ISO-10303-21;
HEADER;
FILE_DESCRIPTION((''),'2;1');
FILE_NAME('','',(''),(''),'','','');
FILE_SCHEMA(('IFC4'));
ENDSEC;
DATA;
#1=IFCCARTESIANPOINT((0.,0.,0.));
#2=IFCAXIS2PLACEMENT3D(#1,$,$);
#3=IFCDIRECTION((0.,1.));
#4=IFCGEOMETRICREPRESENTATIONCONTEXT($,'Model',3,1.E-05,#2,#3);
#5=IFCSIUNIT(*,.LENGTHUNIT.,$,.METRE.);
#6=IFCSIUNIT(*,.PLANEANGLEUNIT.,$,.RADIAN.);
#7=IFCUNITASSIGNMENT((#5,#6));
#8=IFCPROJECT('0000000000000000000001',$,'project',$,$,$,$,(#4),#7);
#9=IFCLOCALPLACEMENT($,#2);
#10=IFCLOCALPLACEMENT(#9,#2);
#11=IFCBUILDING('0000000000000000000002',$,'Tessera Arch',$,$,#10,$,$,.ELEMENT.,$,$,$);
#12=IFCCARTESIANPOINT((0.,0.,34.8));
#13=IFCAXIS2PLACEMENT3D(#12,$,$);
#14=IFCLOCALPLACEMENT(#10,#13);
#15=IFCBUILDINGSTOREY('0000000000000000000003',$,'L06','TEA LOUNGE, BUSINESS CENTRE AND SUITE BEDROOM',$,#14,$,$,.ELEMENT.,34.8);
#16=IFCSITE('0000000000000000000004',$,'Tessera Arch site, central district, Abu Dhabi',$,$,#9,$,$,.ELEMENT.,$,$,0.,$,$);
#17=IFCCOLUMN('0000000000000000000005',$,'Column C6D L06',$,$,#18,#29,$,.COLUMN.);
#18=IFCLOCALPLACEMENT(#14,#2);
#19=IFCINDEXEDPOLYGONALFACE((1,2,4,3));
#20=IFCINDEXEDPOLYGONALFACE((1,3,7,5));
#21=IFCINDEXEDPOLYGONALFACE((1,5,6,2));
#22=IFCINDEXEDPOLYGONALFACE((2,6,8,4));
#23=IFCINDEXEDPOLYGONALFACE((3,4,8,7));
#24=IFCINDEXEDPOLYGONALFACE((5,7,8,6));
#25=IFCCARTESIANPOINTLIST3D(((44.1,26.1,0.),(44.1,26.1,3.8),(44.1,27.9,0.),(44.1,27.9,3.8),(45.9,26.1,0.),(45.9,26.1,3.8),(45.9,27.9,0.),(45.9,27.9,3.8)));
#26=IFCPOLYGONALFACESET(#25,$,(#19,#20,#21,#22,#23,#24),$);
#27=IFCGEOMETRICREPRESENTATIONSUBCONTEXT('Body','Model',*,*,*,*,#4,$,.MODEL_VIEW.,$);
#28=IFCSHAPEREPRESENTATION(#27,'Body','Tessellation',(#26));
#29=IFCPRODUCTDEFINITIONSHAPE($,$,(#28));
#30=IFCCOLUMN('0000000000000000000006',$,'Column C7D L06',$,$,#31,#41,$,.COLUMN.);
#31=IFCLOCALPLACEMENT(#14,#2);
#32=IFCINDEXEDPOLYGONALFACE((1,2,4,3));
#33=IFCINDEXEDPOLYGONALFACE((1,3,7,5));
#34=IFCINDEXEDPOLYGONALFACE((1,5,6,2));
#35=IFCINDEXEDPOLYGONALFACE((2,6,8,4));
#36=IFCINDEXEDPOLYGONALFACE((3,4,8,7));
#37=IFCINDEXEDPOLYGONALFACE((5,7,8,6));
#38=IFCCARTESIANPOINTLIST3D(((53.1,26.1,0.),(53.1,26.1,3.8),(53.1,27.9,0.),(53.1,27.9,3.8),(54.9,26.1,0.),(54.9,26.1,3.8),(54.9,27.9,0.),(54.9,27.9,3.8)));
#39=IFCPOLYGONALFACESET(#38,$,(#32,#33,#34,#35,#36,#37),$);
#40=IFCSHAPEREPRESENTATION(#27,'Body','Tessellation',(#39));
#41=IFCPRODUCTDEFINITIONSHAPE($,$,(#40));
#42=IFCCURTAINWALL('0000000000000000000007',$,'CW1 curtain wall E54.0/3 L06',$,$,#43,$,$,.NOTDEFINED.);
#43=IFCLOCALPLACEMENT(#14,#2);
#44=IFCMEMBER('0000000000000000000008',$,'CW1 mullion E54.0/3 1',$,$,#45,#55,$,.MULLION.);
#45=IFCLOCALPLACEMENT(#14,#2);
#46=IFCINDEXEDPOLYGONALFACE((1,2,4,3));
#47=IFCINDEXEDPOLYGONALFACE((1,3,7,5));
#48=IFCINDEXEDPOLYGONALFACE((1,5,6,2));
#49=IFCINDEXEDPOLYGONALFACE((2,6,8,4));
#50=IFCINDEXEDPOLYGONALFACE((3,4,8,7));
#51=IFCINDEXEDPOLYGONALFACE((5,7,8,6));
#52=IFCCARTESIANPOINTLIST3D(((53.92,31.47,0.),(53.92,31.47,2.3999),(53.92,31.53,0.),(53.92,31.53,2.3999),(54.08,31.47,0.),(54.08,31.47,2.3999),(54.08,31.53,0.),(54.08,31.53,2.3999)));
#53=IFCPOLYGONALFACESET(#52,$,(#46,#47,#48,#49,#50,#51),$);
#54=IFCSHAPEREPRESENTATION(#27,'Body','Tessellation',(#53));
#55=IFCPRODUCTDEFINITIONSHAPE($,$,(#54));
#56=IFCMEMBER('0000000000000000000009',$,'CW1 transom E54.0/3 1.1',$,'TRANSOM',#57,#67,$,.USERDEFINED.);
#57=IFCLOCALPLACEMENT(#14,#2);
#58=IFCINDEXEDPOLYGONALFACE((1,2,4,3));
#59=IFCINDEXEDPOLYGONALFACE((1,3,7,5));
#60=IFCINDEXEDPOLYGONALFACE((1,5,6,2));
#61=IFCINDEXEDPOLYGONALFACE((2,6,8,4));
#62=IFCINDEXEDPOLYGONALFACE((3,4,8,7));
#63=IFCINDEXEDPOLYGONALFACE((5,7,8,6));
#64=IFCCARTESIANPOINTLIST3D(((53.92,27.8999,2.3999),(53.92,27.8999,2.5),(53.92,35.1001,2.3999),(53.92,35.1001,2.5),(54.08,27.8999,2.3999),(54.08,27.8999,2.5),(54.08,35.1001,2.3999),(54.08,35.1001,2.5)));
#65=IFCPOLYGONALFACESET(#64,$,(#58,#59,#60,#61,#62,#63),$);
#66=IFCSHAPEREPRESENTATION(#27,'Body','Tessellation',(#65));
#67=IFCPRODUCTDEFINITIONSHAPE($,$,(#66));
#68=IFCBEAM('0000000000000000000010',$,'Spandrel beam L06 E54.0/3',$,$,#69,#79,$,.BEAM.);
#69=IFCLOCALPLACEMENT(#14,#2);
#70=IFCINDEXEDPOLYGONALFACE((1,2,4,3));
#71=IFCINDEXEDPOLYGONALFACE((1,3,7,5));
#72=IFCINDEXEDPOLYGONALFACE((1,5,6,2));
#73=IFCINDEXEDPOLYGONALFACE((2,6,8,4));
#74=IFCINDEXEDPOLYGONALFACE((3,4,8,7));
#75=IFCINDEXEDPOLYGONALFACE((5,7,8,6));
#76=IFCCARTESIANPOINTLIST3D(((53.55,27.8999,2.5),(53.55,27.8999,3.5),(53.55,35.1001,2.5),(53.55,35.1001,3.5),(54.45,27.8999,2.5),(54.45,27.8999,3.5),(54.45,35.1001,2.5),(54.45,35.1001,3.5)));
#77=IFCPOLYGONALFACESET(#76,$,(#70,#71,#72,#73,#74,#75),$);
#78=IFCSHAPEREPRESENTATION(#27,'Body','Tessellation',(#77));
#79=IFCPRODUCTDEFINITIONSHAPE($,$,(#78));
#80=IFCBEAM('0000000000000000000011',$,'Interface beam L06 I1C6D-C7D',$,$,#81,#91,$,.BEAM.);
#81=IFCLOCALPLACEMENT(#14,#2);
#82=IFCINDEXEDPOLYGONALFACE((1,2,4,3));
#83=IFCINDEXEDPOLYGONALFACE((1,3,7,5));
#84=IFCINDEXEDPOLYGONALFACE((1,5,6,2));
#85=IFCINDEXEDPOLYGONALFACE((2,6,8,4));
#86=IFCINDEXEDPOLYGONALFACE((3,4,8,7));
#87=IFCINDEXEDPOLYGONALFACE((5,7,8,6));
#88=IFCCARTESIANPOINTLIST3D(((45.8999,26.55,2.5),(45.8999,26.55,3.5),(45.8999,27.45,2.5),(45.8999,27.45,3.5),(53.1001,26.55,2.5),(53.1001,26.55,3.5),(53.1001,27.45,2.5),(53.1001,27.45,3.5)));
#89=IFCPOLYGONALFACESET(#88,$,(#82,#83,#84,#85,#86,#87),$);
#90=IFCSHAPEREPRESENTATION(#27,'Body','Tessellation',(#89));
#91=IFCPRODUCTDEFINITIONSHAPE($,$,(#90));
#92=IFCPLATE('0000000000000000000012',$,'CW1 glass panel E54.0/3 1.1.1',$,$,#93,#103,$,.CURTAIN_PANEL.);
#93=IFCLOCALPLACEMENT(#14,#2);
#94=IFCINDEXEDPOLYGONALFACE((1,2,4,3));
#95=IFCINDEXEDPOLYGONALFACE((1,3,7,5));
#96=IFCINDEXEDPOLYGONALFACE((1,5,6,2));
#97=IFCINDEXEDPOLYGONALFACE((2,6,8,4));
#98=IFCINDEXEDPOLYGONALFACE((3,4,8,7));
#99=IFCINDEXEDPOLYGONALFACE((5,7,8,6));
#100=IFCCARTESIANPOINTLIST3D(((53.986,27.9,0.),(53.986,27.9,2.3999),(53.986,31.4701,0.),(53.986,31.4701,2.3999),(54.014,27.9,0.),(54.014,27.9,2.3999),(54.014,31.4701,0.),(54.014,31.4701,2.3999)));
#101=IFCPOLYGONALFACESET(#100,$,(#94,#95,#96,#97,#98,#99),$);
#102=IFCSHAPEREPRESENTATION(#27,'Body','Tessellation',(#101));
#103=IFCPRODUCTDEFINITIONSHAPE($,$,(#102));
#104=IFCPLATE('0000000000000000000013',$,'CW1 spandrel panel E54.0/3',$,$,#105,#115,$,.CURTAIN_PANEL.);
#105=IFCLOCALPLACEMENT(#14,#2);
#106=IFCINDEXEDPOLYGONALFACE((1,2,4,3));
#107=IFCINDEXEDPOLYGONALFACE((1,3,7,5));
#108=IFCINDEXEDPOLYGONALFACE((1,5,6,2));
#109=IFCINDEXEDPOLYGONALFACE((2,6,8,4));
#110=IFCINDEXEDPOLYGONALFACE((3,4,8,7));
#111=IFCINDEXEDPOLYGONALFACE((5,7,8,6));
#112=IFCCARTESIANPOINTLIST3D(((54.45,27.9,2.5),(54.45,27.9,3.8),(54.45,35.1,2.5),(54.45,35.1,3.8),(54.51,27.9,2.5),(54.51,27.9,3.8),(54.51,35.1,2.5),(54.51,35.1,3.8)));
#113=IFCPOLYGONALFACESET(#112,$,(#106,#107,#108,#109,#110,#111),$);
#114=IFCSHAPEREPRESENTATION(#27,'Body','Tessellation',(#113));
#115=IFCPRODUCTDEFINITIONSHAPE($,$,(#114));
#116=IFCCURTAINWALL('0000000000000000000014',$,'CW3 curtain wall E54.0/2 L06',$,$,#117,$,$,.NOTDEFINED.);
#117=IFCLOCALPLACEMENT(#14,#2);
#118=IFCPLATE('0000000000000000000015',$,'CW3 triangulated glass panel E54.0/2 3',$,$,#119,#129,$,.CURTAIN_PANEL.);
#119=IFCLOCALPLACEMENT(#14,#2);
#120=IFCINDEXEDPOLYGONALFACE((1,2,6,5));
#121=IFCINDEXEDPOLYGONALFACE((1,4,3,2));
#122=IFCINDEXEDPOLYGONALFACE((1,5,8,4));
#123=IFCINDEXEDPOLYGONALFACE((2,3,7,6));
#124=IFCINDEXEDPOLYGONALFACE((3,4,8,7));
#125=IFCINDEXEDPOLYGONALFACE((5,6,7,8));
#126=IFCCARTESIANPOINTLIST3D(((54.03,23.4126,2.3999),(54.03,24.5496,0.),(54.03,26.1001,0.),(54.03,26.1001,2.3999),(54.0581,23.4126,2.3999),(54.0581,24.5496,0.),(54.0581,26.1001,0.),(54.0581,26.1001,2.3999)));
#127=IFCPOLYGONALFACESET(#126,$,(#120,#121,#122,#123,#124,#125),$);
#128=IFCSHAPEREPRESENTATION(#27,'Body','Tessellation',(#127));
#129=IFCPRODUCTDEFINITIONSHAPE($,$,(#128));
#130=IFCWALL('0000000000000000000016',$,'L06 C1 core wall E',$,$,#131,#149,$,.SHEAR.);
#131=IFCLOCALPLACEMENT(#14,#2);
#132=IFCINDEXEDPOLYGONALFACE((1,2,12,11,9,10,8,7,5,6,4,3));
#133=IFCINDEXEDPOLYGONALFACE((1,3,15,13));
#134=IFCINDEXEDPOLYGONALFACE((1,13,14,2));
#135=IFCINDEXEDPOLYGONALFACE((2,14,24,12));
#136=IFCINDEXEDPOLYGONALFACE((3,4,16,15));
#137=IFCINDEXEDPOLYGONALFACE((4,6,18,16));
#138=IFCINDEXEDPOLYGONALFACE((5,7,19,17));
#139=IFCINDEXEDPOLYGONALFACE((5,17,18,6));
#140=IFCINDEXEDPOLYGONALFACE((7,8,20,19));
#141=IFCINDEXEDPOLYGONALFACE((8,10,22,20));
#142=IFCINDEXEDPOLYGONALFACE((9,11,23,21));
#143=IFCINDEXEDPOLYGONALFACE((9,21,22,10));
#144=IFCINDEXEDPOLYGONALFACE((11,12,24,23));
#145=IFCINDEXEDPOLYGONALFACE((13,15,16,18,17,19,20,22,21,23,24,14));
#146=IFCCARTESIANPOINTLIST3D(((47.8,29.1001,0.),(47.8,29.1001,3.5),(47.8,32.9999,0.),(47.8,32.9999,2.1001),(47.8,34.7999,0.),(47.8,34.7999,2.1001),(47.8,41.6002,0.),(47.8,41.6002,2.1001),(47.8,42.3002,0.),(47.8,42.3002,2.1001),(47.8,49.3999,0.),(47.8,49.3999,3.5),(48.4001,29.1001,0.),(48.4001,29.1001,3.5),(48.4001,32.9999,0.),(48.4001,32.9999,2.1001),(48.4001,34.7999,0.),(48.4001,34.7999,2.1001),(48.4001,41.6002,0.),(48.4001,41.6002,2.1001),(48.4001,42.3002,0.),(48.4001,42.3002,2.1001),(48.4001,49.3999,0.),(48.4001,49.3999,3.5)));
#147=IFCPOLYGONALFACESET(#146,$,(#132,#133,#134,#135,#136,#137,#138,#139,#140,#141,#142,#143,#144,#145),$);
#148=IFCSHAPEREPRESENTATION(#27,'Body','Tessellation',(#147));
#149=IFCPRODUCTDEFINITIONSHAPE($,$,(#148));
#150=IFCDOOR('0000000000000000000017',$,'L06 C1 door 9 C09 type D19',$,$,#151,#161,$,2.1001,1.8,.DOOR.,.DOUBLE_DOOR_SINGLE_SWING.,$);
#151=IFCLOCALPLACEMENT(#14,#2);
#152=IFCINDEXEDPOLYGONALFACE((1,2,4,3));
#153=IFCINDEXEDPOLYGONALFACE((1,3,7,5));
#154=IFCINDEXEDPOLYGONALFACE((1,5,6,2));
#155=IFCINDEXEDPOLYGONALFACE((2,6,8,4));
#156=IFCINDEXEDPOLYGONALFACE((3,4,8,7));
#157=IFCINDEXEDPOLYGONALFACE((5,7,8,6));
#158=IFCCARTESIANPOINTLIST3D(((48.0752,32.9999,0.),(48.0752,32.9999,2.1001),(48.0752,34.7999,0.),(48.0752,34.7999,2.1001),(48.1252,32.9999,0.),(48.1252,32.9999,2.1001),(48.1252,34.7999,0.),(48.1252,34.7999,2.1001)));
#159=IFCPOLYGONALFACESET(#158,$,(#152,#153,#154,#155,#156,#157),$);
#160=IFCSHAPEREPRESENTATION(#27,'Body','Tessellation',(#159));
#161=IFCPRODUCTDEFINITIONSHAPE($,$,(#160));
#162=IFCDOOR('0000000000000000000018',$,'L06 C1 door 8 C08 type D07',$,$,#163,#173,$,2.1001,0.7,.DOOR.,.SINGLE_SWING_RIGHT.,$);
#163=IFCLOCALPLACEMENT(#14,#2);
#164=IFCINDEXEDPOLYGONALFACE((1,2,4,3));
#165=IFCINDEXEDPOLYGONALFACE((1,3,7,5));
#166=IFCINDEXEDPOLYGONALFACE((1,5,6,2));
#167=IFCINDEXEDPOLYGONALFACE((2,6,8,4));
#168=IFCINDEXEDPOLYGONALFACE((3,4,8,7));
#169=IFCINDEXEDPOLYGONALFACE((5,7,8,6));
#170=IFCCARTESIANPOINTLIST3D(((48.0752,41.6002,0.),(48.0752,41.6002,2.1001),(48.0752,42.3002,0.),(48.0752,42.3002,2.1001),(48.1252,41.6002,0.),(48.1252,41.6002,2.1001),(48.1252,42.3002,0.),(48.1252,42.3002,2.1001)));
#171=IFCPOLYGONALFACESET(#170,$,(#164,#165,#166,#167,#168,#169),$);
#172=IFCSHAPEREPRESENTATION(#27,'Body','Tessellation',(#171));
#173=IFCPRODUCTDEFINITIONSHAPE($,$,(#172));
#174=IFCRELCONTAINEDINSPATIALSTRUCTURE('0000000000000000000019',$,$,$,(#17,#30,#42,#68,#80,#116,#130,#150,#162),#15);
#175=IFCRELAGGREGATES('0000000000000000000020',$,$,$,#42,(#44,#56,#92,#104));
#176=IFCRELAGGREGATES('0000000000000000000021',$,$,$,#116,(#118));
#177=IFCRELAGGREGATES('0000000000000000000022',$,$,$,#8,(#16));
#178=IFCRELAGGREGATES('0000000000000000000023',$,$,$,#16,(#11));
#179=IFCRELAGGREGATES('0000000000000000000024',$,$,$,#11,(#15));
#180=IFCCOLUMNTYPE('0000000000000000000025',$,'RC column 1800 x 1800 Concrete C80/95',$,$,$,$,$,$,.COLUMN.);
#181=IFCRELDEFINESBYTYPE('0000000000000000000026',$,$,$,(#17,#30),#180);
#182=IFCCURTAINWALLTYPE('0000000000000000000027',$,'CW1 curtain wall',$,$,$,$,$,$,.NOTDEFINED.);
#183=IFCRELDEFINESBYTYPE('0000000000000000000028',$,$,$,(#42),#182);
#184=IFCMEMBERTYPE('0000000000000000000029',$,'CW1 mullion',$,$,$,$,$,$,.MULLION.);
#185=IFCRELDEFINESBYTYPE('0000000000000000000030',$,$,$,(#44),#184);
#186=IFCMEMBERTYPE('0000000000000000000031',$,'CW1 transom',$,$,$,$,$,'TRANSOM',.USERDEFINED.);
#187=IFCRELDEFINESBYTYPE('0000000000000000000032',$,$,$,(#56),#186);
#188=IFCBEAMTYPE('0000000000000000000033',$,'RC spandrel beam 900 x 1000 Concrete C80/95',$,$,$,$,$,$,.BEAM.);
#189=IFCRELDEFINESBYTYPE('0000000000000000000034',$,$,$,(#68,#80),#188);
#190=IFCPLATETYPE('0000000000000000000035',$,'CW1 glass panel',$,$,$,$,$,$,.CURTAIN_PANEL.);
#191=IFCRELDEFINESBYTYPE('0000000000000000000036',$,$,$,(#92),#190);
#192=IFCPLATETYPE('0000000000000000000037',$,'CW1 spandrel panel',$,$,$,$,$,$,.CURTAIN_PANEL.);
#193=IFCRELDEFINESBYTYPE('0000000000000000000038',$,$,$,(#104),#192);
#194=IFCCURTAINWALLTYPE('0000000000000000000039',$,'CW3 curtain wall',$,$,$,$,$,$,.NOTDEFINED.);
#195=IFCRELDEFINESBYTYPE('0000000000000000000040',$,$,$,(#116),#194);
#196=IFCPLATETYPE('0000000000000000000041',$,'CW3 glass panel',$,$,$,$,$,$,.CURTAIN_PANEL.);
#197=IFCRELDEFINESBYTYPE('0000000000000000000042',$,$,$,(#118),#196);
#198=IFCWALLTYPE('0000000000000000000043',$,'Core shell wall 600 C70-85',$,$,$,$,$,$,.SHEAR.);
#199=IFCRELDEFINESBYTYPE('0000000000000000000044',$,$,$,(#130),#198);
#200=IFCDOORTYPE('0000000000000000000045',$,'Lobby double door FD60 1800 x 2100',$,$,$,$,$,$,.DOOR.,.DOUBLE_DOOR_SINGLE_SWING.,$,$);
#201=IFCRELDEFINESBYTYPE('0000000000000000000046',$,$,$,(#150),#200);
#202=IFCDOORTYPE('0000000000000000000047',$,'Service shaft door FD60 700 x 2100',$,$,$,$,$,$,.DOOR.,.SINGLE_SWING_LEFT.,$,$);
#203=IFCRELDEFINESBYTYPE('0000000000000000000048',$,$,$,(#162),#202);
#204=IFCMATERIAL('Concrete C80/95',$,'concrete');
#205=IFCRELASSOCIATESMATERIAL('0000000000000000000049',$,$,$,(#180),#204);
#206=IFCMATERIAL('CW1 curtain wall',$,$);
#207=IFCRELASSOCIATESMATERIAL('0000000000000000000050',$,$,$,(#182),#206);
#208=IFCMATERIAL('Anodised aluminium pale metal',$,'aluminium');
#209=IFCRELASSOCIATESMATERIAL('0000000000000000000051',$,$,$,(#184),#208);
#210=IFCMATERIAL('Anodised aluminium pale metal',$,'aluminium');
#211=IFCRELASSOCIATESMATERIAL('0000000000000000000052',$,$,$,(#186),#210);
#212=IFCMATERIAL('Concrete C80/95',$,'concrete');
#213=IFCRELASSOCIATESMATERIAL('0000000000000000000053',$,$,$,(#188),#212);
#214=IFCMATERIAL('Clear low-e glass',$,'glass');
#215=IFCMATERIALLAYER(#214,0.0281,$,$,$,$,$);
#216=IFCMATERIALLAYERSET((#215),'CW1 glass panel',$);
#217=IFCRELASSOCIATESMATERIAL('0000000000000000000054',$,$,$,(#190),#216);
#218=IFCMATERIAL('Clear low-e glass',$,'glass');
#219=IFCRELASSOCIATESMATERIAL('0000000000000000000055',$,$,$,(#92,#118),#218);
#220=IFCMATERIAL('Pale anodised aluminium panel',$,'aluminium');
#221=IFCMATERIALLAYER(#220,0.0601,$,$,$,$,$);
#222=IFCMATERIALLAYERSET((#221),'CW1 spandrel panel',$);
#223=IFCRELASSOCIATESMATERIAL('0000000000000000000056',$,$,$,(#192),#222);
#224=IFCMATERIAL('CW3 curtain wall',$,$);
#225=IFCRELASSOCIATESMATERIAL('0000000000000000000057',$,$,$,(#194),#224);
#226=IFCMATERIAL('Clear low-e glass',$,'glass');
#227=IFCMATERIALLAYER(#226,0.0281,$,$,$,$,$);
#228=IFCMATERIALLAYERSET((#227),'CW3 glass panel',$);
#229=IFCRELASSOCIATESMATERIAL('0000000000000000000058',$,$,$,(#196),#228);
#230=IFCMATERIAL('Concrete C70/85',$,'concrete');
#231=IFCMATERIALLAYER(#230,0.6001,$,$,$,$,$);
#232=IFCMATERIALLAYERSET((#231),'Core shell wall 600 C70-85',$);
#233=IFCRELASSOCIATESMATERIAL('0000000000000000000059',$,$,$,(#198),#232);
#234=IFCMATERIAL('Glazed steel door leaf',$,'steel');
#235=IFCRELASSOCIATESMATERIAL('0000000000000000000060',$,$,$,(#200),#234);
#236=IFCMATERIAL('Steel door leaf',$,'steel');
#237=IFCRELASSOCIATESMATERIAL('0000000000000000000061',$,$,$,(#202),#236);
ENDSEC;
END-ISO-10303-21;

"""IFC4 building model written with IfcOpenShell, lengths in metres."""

from ifc_helpers import new_model, si_unit, direction, frame, frame_2d, origin, origin_2d, place, context, subcontext, project, spatial, polyline, rectangle, outline, extrude, material, layer, layer_set, material_profile, profile_set, type_object, element, fill, aggregate, save


model = new_model("IFC4")

# Units and contexts
model_context = context("Model", 3, precision=1e-05, world=origin(), true_north=direction((0.0, 1.0)))
body_context = subcontext(model_context, "Body", "Model", "MODEL_VIEW")
ifc_project = project(units=[si_unit("LENGTHUNIT", "METRE"), si_unit("PLANEANGLEUNIT", "RADIAN")], contexts=[model_context])

# Site, building, storey
site_placement = place(None, origin())
site = spatial("IfcSite", under=ifc_project, at=site_placement, Name="Tessera Arch site, central district, Abu Dhabi", CompositionType="ELEMENT", RefElevation=0.0)
building_placement = place(site_placement, origin())
building = spatial("IfcBuilding", under=site, at=building_placement, Name="Tessera Arch", CompositionType="ELEMENT")
storey_placement = place(building_placement, frame((0.0, 0.0, 34.8)))
storey = spatial("IfcBuildingStorey", under=building, at=storey_placement, Name="L06", Description="TEA LOUNGE, BUSINESS CENTRE AND SUITE BEDROOM", CompositionType="ELEMENT", Elevation=34.8)

# Columns
ifc_material_1 = material(Name="Concrete C80/95", Category="concrete")
ifc_material_profile_1 = material_profile(ifc_material_1, rectangle(XDim=1.8, YDim=1.8, at=origin_2d()), Name="RC column 1800 x 1800 Concrete C80/95")
ifc_profile_set_1 = profile_set([ifc_material_profile_1], Name="Concrete C80/95")
column_type = type_object("IfcColumnType", Name="RC column 1800 x 1800 Concrete C80/95", PredefinedType="COLUMN", material=ifc_profile_set_1)
for number, where, z_axis, x_axis, name in (
    (1, (45.0, 27.0, 0.0), (0.0, 0.0, 1.0), (1.0, 0.0, 0.0), "Column C6D L06"),
    (2, (54.0, 27.0, 0.0), (0.0, 0.0, 1.0), (1.0, 0.0, 0.0), "Column C7D L06"),
):
    element("IfcColumn", number, at=place(storey_placement, frame(where, z_axis=z_axis, x_axis=x_axis)), inside=storey, type_object=column_type, Name=name, PredefinedType="COLUMN", context=body_context, shape_type="SweptSolid", body=[
        extrude(rectangle(XDim=1.8, YDim=1.8, at=origin_2d()), origin(), (0.0, 0.0, 1.0), 3.8),
    ])

# Curtain wall, members
ifc_material_2 = material(Name="CW1 curtain wall")
curtain_wall_type_1 = type_object("IfcCurtainWallType", Name="CW1 curtain wall", PredefinedType="NOTDEFINED", material=ifc_material_2)
curtain_wall_1_placement = place(storey_placement, origin())
curtain_wall_1 = element("IfcCurtainWall", 3, at=curtain_wall_1_placement, inside=storey, type_object=curtain_wall_type_1, Name="CW1 curtain wall E54.0/3 L06", PredefinedType="NOTDEFINED")
ifc_material_3 = material(Name="Anodised aluminium pale metal", Category="aluminium")
ifc_material_profile_2 = material_profile(ifc_material_3, rectangle(XDim=0.1599, YDim=0.0601, at=origin_2d()), Name="AL 60x160")
ifc_profile_set_2 = profile_set([ifc_material_profile_2], Name="Anodised aluminium pale metal")
member_type_1 = type_object("IfcMemberType", Name="CW1 mullion", PredefinedType="MULLION", material=ifc_profile_set_2)
member_1_placement = place(storey_placement, frame((54.0, 31.5, 0.0), z_axis=(0.0, 0.0, 1.0), x_axis=(-1.0, 0.0, 0.0)))
member_1 = element("IfcMember", 4, at=member_1_placement, type_object=member_type_1, Name="CW1 mullion E54.0/3 1", PredefinedType="MULLION", context=body_context, shape_type="SweptSolid", body=[
    extrude(rectangle(XDim=0.1599, YDim=0.0601, at=origin_2d()), origin(), (0.0, 0.0, 1.0), 2.3999),
])
ifc_material_4 = material(Name="Anodised aluminium pale metal", Category="aluminium")
ifc_material_profile_3 = material_profile(ifc_material_4, rectangle(XDim=0.1599, YDim=0.1001, at=origin_2d()), Name="AL 160x100")
ifc_profile_set_3 = profile_set([ifc_material_profile_3], Name="Anodised aluminium pale metal")
member_type_2 = type_object("IfcMemberType", Name="CW1 transom", ElementType="TRANSOM", PredefinedType="USERDEFINED", material=ifc_profile_set_3)
member_2_placement = place(storey_placement, frame((54.0, 27.8999, 2.45), z_axis=(0.0, 1.0, 0.0), x_axis=(-1.0, 0.0, 0.0)))
member_2 = element("IfcMember", 5, at=member_2_placement, type_object=member_type_2, Name="CW1 transom E54.0/3 1.1", ObjectType="TRANSOM", PredefinedType="USERDEFINED", context=body_context, shape_type="SweptSolid", body=[
    extrude(rectangle(XDim=0.1599, YDim=0.1001, at=origin_2d()), origin(), (0.0, 0.0, 1.0), 7.2002),
])

# Beams
ifc_material_5 = material(Name="Concrete C80/95", Category="concrete")
ifc_material_profile_4 = material_profile(ifc_material_5, rectangle(XDim=0.8999, YDim=1.0, at=origin_2d()), Name="RC spandrel beam 900 x 1000 Concrete C80/95")
ifc_profile_set_4 = profile_set([ifc_material_profile_4], Name="Concrete C80/95")
beam_type = type_object("IfcBeamType", Name="RC spandrel beam 900 x 1000 Concrete C80/95", PredefinedType="BEAM", material=ifc_profile_set_4)
for number, where, z_axis, x_axis, name in (
    (6, (54.0, 27.8999, 3.0), (0.0, 1.0, 0.0), (-1.0, 0.0, 0.0), "Spandrel beam L06 E54.0/3"),
    (7, (45.8999, 27.0, 3.0), (1.0, 0.0, 0.0), (0.0, 1.0, 0.0), "Interface beam L06 I1C6D-C7D"),
):
    element("IfcBeam", number, at=place(storey_placement, frame(where, z_axis=z_axis, x_axis=x_axis)), inside=storey, type_object=beam_type, Name=name, PredefinedType="BEAM", context=body_context, shape_type="SweptSolid", body=[
        extrude(rectangle(XDim=0.8999, YDim=1.0, at=origin_2d()), origin(), (0.0, 0.0, 1.0), 7.2002),
    ])

# Plates
ifc_material_6 = material(Name="Clear low-e glass", Category="glass")
ifc_material_7 = material(Name="Clear low-e glass", Category="glass")
ifc_layer_1 = layer(ifc_material_7, 0.0281)
ifc_layer_set_1 = layer_set([ifc_layer_1], Name="CW1 glass panel")
plate_type_1 = type_object("IfcPlateType", Name="CW1 glass panel", PredefinedType="CURTAIN_PANEL", material=ifc_layer_set_1)
plate_1_placement = place(storey_placement, frame((54.0, 29.6851, 0.0), z_axis=(0.0, 0.0, 1.0), x_axis=(0.0, 1.0, 0.0)))
plate_1 = element("IfcPlate", 8, at=plate_1_placement, type_object=plate_type_1, material=ifc_material_6, Name="CW1 glass panel E54.0/3 1.1.1", PredefinedType="CURTAIN_PANEL", context=body_context, shape_type="SweptSolid", body=[
    extrude(rectangle(XDim=3.5701, YDim=0.0281, at=origin_2d()), origin(), (0.0, 0.0, 1.0), 2.3999),
])
ifc_material_8 = material(Name="Pale anodised aluminium panel", Category="aluminium")
ifc_layer_2 = layer(ifc_material_8, 0.0601)
ifc_layer_set_2 = layer_set([ifc_layer_2], Name="CW1 spandrel panel")
plate_type_2 = type_object("IfcPlateType", Name="CW1 spandrel panel", PredefinedType="CURTAIN_PANEL", material=ifc_layer_set_2)
plate_2_placement = place(storey_placement, frame((54.48, 31.5, 2.5), z_axis=(0.0, 0.0, 1.0), x_axis=(0.0, 1.0, 0.0)))
plate_2 = element("IfcPlate", 9, at=plate_2_placement, type_object=plate_type_2, Name="CW1 spandrel panel E54.0/3", PredefinedType="CURTAIN_PANEL", context=body_context, shape_type="SweptSolid", body=[
    extrude(rectangle(XDim=7.2, YDim=0.0601, at=origin_2d()), origin(), (0.0, 0.0, 1.0), 1.3),
])
aggregate(curtain_wall_1, [member_1, member_2, plate_1, plate_2])

# Curtain wall, plate
ifc_material_9 = material(Name="CW3 curtain wall")
curtain_wall_type_2 = type_object("IfcCurtainWallType", Name="CW3 curtain wall", PredefinedType="NOTDEFINED", material=ifc_material_9)
curtain_wall_2_placement = place(storey_placement, origin())
curtain_wall_2 = element("IfcCurtainWall", 10, at=curtain_wall_2_placement, inside=storey, type_object=curtain_wall_type_2, Name="CW3 curtain wall E54.0/2 L06", PredefinedType="NOTDEFINED")
ifc_material_10 = material(Name="Clear low-e glass", Category="glass")
ifc_layer_3 = layer(ifc_material_10, 0.0281)
ifc_layer_set_3 = layer_set([ifc_layer_3], Name="CW3 glass panel")
plate_type_3 = type_object("IfcPlateType", Name="CW3 glass panel", PredefinedType="CURTAIN_PANEL", material=ifc_layer_set_3)
plate_3_placement = place(storey_placement, frame((54.0581, 26.1001, 2.3999), z_axis=(1.0, 0.0, 0.0), x_axis=(0.0, -1.0, 0.0)))
plate_3 = element("IfcPlate", 11, at=plate_3_placement, type_object=plate_type_3, material=ifc_material_6, Name="CW3 triangulated glass panel E54.0/2 3", PredefinedType="CURTAIN_PANEL", context=body_context, shape_type="SweptSolid", body=[
    extrude(outline(polyline([(0.0, 0.0), (2.6875, 0.0), (1.5505, 2.3999), (0.0, 2.3999), (0.0, 0.0)])), origin(), (0.0, 0.0, -1.0), 0.0281),
])
aggregate(curtain_wall_2, [plate_3])

# Wall, openings, doors
ifc_material_11 = material(Name="Concrete C70/85", Category="concrete")
ifc_layer_4 = layer(ifc_material_11, 0.6001)
ifc_layer_set_4 = layer_set([ifc_layer_4], Name="Core shell wall 600 C70-85")
wall_type_1 = type_object("IfcWallType", Name="Core shell wall 600 C70-85", PredefinedType="SHEAR", material=ifc_layer_set_4)
wall_1_placement = place(storey_placement, frame((48.1001, 29.1001, 0.0), z_axis=(0.0, 0.0, 1.0), x_axis=(0.0, 1.0, 0.0)))
wall_1 = element("IfcWall", 12, at=wall_1_placement, inside=storey, type_object=wall_type_1, Name="L06 C1 core wall E", PredefinedType="SHEAR", context=body_context, shape_type="SweptSolid", body=[
    extrude(rectangle(XDim=20.2998, YDim=0.6001, at=frame_2d((10.1499, 0.0))), origin(), (0.0, 0.0, 1.0), 3.5),
])
opening_1_placement = place(wall_1_placement, frame((12.5, 0.0, 0.0)))
opening_1 = element("IfcOpeningElement", 13, at=opening_1_placement, cuts=wall_1, PredefinedType="OPENING", context=body_context, shape_type="SweptSolid", body=[
    extrude(rectangle(XDim=0.7, YDim=2.1001, at=frame_2d((0.3501, 1.05))), frame((0.0, 0.3101, 0.0), z_axis=(0.0, -1.0, 0.0), x_axis=(1.0, 0.0, 0.0)), (0.0, 0.0, 1.0), 0.6201),
])
opening_2_placement = place(wall_1_placement, frame((3.8999, 0.0, 0.0)))
opening_2 = element("IfcOpeningElement", 14, at=opening_2_placement, cuts=wall_1, PredefinedType="OPENING", context=body_context, shape_type="SweptSolid", body=[
    extrude(rectangle(XDim=1.8, YDim=2.1001, at=frame_2d((0.8999, 1.05))), frame((0.0, 0.3101, 0.0), z_axis=(0.0, -1.0, 0.0), x_axis=(1.0, 0.0, 0.0)), (0.0, 0.0, 1.0), 0.6201),
])
ifc_material_12 = material(Name="Glazed steel door leaf", Category="steel")
door_type_1 = type_object("IfcDoorType", Name="Lobby double door FD60 1800 x 2100", OperationType="DOUBLE_DOOR_SINGLE_SWING", PredefinedType="DOOR", material=ifc_material_12)
door_1_placement = place(opening_2_placement, origin())
door_1 = element("IfcDoor", 15, at=door_1_placement, inside=storey, type_object=door_type_1, Name="L06 C1 door 9 C09 type D19", OperationType="DOUBLE_DOOR_SINGLE_SWING", OverallHeight=2.1001, OverallWidth=1.8, PredefinedType="DOOR", context=body_context, shape_type="SweptSolid", body=[
    extrude(rectangle(XDim=1.8, YDim=2.1001, at=frame_2d((0.8999, 1.05))), frame((0.0, 0.0249, 0.0), z_axis=(0.0, -1.0, 0.0), x_axis=(1.0, 0.0, 0.0)), (0.0, 0.0, 1.0), 0.05),
])
fill(opening_2, door_1)
ifc_material_13 = material(Name="Steel door leaf", Category="steel")
door_type_2 = type_object("IfcDoorType", Name="Service shaft door FD60 700 x 2100", OperationType="SINGLE_SWING_LEFT", PredefinedType="DOOR", material=ifc_material_13)
door_2_placement = place(opening_1_placement, origin())
door_2 = element("IfcDoor", 16, at=door_2_placement, inside=storey, type_object=door_type_2, Name="L06 C1 door 8 C08 type D07", OperationType="SINGLE_SWING_RIGHT", OverallHeight=2.1001, OverallWidth=0.7, PredefinedType="DOOR", context=body_context, shape_type="SweptSolid", body=[
    extrude(rectangle(XDim=0.7, YDim=2.1001, at=frame_2d((0.3501, 1.05))), frame((0.0, 0.0249, 0.0), z_axis=(0.0, -1.0, 0.0), x_axis=(1.0, 0.0, 0.0)), (0.0, 0.0, 1.0), 0.05),
])
fill(opening_1, door_2)

save(model, "model.ifc")
